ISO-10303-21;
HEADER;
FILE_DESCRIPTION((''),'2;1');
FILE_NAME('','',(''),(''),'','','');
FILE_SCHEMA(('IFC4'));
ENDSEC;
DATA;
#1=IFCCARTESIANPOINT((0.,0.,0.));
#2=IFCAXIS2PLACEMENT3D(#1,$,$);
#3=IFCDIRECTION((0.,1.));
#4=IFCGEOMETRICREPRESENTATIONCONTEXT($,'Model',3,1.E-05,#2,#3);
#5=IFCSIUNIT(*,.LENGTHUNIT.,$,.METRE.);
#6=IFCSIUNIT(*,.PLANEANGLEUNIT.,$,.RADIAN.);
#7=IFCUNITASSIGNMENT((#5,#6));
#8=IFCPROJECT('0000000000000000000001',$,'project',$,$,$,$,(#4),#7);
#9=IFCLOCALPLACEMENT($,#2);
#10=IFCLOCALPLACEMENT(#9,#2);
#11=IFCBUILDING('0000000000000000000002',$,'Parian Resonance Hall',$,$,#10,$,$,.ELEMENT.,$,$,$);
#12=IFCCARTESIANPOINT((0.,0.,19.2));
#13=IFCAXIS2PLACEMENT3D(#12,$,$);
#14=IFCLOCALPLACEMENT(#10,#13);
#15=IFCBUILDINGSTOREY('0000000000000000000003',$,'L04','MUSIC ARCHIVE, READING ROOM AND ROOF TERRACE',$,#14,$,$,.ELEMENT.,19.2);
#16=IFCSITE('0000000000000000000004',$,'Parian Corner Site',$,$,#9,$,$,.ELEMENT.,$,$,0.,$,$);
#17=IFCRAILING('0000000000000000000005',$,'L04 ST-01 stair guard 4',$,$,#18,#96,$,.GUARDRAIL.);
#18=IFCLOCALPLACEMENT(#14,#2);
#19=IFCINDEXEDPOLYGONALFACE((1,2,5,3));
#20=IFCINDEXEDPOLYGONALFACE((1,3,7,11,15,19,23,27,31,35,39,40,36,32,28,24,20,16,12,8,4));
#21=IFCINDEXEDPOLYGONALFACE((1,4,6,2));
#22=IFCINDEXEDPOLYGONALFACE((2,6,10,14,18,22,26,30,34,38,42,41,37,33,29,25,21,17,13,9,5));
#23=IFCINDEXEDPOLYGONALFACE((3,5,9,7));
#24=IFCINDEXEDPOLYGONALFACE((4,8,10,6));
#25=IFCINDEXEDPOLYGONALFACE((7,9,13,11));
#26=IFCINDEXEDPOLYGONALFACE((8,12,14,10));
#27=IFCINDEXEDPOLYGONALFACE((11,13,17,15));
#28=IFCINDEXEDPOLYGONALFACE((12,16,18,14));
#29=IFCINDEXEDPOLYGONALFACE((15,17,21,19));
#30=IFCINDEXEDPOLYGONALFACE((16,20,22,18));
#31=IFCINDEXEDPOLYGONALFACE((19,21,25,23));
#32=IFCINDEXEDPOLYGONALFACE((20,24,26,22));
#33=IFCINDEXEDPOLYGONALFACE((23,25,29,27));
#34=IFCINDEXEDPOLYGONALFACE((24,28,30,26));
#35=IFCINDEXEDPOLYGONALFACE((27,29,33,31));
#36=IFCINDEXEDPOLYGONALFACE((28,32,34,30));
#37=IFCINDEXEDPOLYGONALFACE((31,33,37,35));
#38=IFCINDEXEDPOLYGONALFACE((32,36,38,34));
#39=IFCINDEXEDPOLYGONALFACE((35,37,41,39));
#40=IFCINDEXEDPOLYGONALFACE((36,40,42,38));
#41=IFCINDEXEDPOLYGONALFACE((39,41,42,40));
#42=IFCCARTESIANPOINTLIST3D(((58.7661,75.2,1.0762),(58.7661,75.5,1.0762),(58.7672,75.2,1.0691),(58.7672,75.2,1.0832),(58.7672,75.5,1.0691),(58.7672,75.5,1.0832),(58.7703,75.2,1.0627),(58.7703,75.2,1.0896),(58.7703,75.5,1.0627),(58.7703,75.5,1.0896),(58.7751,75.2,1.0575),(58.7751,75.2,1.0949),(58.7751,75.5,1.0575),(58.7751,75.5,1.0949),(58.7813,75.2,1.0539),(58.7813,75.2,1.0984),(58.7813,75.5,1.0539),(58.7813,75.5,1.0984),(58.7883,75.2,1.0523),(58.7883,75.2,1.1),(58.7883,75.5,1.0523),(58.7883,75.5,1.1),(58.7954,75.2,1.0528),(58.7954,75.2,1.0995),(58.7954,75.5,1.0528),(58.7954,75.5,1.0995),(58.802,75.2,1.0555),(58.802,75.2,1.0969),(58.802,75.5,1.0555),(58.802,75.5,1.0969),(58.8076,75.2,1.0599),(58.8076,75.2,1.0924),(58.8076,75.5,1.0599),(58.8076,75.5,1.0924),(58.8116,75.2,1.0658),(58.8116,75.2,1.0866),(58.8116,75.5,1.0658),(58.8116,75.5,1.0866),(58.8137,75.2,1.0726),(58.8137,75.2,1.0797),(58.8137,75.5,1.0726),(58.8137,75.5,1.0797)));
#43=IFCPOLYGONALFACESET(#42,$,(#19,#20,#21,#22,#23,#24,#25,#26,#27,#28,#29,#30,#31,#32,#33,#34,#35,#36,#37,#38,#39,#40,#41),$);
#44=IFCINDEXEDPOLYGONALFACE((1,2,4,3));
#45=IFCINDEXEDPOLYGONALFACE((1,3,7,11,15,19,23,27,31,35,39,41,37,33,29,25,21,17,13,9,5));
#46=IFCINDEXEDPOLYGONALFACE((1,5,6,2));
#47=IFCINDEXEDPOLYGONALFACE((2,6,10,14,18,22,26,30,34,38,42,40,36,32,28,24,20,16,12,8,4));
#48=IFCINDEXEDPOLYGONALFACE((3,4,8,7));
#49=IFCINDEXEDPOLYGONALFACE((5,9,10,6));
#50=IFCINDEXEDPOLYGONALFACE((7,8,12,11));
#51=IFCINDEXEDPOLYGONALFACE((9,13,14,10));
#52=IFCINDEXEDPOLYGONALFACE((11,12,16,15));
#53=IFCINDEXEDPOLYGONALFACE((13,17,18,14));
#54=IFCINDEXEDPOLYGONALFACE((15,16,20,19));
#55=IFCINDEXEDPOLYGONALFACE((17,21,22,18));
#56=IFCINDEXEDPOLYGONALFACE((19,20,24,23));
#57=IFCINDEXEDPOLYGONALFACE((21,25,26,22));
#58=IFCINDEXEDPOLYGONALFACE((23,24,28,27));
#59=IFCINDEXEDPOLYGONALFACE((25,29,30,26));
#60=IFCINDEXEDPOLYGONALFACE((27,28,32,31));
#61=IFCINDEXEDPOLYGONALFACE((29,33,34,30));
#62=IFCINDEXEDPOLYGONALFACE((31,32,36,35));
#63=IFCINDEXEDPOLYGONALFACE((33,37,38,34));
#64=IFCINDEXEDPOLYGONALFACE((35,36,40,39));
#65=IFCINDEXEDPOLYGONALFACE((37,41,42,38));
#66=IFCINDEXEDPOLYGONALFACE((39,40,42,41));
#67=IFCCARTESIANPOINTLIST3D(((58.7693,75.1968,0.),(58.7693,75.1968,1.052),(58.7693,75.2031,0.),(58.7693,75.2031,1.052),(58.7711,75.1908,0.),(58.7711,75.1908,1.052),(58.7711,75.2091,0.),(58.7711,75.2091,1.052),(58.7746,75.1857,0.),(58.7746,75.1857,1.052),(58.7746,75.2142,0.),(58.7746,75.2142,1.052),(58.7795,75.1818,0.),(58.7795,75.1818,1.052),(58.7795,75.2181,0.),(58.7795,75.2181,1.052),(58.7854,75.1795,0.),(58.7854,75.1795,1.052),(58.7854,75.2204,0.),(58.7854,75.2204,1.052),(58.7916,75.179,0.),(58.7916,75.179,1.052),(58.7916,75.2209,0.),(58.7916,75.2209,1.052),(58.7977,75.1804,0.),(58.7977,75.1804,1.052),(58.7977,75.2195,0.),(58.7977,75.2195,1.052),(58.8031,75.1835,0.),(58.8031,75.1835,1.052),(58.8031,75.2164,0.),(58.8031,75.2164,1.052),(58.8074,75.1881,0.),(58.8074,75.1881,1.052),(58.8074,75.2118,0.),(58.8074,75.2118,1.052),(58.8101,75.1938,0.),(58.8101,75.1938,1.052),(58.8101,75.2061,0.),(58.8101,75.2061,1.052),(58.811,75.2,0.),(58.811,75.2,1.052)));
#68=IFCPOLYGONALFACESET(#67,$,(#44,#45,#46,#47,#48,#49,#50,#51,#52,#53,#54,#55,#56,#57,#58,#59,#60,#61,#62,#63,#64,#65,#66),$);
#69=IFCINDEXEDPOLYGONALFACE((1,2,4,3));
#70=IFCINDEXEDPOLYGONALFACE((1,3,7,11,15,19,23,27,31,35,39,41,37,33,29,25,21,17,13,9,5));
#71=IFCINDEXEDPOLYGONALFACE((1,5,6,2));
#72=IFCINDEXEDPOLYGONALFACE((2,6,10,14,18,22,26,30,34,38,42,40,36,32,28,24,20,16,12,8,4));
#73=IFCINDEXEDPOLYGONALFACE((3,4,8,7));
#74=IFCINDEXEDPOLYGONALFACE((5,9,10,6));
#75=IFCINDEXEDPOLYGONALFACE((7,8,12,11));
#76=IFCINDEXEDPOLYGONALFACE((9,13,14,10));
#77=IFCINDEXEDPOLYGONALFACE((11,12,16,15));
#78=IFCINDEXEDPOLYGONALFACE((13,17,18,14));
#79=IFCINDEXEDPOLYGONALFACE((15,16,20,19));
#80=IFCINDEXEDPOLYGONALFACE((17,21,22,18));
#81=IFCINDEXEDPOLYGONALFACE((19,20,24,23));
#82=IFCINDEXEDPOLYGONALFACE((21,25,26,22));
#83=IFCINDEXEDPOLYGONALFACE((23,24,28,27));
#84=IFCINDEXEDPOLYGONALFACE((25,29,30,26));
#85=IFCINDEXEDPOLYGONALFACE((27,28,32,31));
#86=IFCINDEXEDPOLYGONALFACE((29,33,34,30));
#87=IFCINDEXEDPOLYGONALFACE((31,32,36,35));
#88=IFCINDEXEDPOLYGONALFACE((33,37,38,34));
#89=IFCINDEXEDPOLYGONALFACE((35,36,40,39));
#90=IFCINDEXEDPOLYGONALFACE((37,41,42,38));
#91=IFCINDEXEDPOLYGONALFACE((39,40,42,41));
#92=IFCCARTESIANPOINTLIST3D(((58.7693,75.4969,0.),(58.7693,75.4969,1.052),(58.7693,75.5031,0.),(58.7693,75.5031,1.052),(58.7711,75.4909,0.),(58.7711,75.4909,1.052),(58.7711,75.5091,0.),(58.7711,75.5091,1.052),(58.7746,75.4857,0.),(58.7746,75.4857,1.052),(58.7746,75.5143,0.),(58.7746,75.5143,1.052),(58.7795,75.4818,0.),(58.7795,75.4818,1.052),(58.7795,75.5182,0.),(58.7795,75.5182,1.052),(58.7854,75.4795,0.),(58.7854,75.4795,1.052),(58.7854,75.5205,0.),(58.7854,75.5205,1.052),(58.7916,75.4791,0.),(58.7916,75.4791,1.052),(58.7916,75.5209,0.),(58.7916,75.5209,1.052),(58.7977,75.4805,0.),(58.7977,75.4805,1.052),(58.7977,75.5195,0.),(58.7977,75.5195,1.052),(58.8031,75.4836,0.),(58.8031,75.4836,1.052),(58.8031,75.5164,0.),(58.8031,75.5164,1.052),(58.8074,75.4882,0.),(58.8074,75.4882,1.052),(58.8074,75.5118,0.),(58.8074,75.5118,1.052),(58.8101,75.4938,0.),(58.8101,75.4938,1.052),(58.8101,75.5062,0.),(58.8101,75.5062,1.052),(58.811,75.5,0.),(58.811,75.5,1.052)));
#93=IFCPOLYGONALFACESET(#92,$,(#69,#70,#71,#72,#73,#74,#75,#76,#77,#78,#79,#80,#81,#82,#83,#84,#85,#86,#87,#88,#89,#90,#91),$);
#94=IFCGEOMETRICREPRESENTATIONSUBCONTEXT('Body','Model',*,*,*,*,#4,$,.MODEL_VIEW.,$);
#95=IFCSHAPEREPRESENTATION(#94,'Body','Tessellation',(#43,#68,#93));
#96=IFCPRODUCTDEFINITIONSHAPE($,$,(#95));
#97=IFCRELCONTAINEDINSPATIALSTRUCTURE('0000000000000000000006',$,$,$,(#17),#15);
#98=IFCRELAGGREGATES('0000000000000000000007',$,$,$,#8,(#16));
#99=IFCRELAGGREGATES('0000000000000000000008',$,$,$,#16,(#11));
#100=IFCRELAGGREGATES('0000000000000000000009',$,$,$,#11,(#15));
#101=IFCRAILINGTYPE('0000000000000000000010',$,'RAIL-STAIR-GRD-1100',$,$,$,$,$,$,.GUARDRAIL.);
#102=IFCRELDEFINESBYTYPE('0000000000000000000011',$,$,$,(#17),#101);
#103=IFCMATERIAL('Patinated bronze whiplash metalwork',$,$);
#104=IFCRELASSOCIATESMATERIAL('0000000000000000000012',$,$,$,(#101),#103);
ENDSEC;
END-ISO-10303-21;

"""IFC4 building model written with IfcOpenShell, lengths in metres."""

from ifc_helpers import new_model, si_unit, direction, frame, origin, origin_2d, place, context, subcontext, project, spatial, circle, extrude, material, type_object, element, save


model = new_model("IFC4")

# Units and contexts
model_context = context("Model", 3, precision=1e-05, world=origin(), true_north=direction((0.0, 1.0)))
body_context = subcontext(model_context, "Body", "Model", "MODEL_VIEW")
ifc_project = project(units=[si_unit("LENGTHUNIT", "METRE"), si_unit("PLANEANGLEUNIT", "RADIAN")], contexts=[model_context])

# Site, building, storey
site_placement = place(None, origin())
site = spatial("IfcSite", under=ifc_project, at=site_placement, Name="Parian Corner Site", CompositionType="ELEMENT", RefElevation=0.0)
building_placement = place(site_placement, origin())
building = spatial("IfcBuilding", under=site, at=building_placement, Name="Parian Resonance Hall", CompositionType="ELEMENT")
storey_placement = place(building_placement, frame((0.0, 0.0, 19.2)))
storey = spatial("IfcBuildingStorey", under=building, at=storey_placement, Name="L04", Description="MUSIC ARCHIVE, READING ROOM AND ROOF TERRACE", CompositionType="ELEMENT", Elevation=19.2)

# Railing
ifc_material_1 = material(Name="Patinated bronze whiplash metalwork")
railing_type_1 = type_object("IfcRailingType", Name="RAIL-STAIR-GRD-1100", PredefinedType="GUARDRAIL", material=ifc_material_1)
railing_1_placement = place(storey_placement, frame((58.79, 75.2, 0.0)))
element("IfcRailing", 1, at=railing_1_placement, inside=storey, type_object=railing_type_1, Name="L04 ST-01 stair guard 4", PredefinedType="GUARDRAIL", context=body_context, shape_type="SweptSolid", body=[
    extrude(circle(Radius=0.0239, at=origin_2d()), frame((0.0, 0.0, 1.0762), z_axis=(0.0, 1.0, 0.0), x_axis=(-1.0, 0.0, 0.0)), (0.0, 0.0, 1.0), 0.3),
    extrude(circle(Radius=0.021, at=origin_2d()), origin(), (0.0, 0.0, 1.0), 1.052),
    extrude(circle(Radius=0.021, at=origin_2d()), frame((0.0, 0.3, 0.0)), (0.0, 0.0, 1.0), 1.052),
])

save(model, "model.ifc")
